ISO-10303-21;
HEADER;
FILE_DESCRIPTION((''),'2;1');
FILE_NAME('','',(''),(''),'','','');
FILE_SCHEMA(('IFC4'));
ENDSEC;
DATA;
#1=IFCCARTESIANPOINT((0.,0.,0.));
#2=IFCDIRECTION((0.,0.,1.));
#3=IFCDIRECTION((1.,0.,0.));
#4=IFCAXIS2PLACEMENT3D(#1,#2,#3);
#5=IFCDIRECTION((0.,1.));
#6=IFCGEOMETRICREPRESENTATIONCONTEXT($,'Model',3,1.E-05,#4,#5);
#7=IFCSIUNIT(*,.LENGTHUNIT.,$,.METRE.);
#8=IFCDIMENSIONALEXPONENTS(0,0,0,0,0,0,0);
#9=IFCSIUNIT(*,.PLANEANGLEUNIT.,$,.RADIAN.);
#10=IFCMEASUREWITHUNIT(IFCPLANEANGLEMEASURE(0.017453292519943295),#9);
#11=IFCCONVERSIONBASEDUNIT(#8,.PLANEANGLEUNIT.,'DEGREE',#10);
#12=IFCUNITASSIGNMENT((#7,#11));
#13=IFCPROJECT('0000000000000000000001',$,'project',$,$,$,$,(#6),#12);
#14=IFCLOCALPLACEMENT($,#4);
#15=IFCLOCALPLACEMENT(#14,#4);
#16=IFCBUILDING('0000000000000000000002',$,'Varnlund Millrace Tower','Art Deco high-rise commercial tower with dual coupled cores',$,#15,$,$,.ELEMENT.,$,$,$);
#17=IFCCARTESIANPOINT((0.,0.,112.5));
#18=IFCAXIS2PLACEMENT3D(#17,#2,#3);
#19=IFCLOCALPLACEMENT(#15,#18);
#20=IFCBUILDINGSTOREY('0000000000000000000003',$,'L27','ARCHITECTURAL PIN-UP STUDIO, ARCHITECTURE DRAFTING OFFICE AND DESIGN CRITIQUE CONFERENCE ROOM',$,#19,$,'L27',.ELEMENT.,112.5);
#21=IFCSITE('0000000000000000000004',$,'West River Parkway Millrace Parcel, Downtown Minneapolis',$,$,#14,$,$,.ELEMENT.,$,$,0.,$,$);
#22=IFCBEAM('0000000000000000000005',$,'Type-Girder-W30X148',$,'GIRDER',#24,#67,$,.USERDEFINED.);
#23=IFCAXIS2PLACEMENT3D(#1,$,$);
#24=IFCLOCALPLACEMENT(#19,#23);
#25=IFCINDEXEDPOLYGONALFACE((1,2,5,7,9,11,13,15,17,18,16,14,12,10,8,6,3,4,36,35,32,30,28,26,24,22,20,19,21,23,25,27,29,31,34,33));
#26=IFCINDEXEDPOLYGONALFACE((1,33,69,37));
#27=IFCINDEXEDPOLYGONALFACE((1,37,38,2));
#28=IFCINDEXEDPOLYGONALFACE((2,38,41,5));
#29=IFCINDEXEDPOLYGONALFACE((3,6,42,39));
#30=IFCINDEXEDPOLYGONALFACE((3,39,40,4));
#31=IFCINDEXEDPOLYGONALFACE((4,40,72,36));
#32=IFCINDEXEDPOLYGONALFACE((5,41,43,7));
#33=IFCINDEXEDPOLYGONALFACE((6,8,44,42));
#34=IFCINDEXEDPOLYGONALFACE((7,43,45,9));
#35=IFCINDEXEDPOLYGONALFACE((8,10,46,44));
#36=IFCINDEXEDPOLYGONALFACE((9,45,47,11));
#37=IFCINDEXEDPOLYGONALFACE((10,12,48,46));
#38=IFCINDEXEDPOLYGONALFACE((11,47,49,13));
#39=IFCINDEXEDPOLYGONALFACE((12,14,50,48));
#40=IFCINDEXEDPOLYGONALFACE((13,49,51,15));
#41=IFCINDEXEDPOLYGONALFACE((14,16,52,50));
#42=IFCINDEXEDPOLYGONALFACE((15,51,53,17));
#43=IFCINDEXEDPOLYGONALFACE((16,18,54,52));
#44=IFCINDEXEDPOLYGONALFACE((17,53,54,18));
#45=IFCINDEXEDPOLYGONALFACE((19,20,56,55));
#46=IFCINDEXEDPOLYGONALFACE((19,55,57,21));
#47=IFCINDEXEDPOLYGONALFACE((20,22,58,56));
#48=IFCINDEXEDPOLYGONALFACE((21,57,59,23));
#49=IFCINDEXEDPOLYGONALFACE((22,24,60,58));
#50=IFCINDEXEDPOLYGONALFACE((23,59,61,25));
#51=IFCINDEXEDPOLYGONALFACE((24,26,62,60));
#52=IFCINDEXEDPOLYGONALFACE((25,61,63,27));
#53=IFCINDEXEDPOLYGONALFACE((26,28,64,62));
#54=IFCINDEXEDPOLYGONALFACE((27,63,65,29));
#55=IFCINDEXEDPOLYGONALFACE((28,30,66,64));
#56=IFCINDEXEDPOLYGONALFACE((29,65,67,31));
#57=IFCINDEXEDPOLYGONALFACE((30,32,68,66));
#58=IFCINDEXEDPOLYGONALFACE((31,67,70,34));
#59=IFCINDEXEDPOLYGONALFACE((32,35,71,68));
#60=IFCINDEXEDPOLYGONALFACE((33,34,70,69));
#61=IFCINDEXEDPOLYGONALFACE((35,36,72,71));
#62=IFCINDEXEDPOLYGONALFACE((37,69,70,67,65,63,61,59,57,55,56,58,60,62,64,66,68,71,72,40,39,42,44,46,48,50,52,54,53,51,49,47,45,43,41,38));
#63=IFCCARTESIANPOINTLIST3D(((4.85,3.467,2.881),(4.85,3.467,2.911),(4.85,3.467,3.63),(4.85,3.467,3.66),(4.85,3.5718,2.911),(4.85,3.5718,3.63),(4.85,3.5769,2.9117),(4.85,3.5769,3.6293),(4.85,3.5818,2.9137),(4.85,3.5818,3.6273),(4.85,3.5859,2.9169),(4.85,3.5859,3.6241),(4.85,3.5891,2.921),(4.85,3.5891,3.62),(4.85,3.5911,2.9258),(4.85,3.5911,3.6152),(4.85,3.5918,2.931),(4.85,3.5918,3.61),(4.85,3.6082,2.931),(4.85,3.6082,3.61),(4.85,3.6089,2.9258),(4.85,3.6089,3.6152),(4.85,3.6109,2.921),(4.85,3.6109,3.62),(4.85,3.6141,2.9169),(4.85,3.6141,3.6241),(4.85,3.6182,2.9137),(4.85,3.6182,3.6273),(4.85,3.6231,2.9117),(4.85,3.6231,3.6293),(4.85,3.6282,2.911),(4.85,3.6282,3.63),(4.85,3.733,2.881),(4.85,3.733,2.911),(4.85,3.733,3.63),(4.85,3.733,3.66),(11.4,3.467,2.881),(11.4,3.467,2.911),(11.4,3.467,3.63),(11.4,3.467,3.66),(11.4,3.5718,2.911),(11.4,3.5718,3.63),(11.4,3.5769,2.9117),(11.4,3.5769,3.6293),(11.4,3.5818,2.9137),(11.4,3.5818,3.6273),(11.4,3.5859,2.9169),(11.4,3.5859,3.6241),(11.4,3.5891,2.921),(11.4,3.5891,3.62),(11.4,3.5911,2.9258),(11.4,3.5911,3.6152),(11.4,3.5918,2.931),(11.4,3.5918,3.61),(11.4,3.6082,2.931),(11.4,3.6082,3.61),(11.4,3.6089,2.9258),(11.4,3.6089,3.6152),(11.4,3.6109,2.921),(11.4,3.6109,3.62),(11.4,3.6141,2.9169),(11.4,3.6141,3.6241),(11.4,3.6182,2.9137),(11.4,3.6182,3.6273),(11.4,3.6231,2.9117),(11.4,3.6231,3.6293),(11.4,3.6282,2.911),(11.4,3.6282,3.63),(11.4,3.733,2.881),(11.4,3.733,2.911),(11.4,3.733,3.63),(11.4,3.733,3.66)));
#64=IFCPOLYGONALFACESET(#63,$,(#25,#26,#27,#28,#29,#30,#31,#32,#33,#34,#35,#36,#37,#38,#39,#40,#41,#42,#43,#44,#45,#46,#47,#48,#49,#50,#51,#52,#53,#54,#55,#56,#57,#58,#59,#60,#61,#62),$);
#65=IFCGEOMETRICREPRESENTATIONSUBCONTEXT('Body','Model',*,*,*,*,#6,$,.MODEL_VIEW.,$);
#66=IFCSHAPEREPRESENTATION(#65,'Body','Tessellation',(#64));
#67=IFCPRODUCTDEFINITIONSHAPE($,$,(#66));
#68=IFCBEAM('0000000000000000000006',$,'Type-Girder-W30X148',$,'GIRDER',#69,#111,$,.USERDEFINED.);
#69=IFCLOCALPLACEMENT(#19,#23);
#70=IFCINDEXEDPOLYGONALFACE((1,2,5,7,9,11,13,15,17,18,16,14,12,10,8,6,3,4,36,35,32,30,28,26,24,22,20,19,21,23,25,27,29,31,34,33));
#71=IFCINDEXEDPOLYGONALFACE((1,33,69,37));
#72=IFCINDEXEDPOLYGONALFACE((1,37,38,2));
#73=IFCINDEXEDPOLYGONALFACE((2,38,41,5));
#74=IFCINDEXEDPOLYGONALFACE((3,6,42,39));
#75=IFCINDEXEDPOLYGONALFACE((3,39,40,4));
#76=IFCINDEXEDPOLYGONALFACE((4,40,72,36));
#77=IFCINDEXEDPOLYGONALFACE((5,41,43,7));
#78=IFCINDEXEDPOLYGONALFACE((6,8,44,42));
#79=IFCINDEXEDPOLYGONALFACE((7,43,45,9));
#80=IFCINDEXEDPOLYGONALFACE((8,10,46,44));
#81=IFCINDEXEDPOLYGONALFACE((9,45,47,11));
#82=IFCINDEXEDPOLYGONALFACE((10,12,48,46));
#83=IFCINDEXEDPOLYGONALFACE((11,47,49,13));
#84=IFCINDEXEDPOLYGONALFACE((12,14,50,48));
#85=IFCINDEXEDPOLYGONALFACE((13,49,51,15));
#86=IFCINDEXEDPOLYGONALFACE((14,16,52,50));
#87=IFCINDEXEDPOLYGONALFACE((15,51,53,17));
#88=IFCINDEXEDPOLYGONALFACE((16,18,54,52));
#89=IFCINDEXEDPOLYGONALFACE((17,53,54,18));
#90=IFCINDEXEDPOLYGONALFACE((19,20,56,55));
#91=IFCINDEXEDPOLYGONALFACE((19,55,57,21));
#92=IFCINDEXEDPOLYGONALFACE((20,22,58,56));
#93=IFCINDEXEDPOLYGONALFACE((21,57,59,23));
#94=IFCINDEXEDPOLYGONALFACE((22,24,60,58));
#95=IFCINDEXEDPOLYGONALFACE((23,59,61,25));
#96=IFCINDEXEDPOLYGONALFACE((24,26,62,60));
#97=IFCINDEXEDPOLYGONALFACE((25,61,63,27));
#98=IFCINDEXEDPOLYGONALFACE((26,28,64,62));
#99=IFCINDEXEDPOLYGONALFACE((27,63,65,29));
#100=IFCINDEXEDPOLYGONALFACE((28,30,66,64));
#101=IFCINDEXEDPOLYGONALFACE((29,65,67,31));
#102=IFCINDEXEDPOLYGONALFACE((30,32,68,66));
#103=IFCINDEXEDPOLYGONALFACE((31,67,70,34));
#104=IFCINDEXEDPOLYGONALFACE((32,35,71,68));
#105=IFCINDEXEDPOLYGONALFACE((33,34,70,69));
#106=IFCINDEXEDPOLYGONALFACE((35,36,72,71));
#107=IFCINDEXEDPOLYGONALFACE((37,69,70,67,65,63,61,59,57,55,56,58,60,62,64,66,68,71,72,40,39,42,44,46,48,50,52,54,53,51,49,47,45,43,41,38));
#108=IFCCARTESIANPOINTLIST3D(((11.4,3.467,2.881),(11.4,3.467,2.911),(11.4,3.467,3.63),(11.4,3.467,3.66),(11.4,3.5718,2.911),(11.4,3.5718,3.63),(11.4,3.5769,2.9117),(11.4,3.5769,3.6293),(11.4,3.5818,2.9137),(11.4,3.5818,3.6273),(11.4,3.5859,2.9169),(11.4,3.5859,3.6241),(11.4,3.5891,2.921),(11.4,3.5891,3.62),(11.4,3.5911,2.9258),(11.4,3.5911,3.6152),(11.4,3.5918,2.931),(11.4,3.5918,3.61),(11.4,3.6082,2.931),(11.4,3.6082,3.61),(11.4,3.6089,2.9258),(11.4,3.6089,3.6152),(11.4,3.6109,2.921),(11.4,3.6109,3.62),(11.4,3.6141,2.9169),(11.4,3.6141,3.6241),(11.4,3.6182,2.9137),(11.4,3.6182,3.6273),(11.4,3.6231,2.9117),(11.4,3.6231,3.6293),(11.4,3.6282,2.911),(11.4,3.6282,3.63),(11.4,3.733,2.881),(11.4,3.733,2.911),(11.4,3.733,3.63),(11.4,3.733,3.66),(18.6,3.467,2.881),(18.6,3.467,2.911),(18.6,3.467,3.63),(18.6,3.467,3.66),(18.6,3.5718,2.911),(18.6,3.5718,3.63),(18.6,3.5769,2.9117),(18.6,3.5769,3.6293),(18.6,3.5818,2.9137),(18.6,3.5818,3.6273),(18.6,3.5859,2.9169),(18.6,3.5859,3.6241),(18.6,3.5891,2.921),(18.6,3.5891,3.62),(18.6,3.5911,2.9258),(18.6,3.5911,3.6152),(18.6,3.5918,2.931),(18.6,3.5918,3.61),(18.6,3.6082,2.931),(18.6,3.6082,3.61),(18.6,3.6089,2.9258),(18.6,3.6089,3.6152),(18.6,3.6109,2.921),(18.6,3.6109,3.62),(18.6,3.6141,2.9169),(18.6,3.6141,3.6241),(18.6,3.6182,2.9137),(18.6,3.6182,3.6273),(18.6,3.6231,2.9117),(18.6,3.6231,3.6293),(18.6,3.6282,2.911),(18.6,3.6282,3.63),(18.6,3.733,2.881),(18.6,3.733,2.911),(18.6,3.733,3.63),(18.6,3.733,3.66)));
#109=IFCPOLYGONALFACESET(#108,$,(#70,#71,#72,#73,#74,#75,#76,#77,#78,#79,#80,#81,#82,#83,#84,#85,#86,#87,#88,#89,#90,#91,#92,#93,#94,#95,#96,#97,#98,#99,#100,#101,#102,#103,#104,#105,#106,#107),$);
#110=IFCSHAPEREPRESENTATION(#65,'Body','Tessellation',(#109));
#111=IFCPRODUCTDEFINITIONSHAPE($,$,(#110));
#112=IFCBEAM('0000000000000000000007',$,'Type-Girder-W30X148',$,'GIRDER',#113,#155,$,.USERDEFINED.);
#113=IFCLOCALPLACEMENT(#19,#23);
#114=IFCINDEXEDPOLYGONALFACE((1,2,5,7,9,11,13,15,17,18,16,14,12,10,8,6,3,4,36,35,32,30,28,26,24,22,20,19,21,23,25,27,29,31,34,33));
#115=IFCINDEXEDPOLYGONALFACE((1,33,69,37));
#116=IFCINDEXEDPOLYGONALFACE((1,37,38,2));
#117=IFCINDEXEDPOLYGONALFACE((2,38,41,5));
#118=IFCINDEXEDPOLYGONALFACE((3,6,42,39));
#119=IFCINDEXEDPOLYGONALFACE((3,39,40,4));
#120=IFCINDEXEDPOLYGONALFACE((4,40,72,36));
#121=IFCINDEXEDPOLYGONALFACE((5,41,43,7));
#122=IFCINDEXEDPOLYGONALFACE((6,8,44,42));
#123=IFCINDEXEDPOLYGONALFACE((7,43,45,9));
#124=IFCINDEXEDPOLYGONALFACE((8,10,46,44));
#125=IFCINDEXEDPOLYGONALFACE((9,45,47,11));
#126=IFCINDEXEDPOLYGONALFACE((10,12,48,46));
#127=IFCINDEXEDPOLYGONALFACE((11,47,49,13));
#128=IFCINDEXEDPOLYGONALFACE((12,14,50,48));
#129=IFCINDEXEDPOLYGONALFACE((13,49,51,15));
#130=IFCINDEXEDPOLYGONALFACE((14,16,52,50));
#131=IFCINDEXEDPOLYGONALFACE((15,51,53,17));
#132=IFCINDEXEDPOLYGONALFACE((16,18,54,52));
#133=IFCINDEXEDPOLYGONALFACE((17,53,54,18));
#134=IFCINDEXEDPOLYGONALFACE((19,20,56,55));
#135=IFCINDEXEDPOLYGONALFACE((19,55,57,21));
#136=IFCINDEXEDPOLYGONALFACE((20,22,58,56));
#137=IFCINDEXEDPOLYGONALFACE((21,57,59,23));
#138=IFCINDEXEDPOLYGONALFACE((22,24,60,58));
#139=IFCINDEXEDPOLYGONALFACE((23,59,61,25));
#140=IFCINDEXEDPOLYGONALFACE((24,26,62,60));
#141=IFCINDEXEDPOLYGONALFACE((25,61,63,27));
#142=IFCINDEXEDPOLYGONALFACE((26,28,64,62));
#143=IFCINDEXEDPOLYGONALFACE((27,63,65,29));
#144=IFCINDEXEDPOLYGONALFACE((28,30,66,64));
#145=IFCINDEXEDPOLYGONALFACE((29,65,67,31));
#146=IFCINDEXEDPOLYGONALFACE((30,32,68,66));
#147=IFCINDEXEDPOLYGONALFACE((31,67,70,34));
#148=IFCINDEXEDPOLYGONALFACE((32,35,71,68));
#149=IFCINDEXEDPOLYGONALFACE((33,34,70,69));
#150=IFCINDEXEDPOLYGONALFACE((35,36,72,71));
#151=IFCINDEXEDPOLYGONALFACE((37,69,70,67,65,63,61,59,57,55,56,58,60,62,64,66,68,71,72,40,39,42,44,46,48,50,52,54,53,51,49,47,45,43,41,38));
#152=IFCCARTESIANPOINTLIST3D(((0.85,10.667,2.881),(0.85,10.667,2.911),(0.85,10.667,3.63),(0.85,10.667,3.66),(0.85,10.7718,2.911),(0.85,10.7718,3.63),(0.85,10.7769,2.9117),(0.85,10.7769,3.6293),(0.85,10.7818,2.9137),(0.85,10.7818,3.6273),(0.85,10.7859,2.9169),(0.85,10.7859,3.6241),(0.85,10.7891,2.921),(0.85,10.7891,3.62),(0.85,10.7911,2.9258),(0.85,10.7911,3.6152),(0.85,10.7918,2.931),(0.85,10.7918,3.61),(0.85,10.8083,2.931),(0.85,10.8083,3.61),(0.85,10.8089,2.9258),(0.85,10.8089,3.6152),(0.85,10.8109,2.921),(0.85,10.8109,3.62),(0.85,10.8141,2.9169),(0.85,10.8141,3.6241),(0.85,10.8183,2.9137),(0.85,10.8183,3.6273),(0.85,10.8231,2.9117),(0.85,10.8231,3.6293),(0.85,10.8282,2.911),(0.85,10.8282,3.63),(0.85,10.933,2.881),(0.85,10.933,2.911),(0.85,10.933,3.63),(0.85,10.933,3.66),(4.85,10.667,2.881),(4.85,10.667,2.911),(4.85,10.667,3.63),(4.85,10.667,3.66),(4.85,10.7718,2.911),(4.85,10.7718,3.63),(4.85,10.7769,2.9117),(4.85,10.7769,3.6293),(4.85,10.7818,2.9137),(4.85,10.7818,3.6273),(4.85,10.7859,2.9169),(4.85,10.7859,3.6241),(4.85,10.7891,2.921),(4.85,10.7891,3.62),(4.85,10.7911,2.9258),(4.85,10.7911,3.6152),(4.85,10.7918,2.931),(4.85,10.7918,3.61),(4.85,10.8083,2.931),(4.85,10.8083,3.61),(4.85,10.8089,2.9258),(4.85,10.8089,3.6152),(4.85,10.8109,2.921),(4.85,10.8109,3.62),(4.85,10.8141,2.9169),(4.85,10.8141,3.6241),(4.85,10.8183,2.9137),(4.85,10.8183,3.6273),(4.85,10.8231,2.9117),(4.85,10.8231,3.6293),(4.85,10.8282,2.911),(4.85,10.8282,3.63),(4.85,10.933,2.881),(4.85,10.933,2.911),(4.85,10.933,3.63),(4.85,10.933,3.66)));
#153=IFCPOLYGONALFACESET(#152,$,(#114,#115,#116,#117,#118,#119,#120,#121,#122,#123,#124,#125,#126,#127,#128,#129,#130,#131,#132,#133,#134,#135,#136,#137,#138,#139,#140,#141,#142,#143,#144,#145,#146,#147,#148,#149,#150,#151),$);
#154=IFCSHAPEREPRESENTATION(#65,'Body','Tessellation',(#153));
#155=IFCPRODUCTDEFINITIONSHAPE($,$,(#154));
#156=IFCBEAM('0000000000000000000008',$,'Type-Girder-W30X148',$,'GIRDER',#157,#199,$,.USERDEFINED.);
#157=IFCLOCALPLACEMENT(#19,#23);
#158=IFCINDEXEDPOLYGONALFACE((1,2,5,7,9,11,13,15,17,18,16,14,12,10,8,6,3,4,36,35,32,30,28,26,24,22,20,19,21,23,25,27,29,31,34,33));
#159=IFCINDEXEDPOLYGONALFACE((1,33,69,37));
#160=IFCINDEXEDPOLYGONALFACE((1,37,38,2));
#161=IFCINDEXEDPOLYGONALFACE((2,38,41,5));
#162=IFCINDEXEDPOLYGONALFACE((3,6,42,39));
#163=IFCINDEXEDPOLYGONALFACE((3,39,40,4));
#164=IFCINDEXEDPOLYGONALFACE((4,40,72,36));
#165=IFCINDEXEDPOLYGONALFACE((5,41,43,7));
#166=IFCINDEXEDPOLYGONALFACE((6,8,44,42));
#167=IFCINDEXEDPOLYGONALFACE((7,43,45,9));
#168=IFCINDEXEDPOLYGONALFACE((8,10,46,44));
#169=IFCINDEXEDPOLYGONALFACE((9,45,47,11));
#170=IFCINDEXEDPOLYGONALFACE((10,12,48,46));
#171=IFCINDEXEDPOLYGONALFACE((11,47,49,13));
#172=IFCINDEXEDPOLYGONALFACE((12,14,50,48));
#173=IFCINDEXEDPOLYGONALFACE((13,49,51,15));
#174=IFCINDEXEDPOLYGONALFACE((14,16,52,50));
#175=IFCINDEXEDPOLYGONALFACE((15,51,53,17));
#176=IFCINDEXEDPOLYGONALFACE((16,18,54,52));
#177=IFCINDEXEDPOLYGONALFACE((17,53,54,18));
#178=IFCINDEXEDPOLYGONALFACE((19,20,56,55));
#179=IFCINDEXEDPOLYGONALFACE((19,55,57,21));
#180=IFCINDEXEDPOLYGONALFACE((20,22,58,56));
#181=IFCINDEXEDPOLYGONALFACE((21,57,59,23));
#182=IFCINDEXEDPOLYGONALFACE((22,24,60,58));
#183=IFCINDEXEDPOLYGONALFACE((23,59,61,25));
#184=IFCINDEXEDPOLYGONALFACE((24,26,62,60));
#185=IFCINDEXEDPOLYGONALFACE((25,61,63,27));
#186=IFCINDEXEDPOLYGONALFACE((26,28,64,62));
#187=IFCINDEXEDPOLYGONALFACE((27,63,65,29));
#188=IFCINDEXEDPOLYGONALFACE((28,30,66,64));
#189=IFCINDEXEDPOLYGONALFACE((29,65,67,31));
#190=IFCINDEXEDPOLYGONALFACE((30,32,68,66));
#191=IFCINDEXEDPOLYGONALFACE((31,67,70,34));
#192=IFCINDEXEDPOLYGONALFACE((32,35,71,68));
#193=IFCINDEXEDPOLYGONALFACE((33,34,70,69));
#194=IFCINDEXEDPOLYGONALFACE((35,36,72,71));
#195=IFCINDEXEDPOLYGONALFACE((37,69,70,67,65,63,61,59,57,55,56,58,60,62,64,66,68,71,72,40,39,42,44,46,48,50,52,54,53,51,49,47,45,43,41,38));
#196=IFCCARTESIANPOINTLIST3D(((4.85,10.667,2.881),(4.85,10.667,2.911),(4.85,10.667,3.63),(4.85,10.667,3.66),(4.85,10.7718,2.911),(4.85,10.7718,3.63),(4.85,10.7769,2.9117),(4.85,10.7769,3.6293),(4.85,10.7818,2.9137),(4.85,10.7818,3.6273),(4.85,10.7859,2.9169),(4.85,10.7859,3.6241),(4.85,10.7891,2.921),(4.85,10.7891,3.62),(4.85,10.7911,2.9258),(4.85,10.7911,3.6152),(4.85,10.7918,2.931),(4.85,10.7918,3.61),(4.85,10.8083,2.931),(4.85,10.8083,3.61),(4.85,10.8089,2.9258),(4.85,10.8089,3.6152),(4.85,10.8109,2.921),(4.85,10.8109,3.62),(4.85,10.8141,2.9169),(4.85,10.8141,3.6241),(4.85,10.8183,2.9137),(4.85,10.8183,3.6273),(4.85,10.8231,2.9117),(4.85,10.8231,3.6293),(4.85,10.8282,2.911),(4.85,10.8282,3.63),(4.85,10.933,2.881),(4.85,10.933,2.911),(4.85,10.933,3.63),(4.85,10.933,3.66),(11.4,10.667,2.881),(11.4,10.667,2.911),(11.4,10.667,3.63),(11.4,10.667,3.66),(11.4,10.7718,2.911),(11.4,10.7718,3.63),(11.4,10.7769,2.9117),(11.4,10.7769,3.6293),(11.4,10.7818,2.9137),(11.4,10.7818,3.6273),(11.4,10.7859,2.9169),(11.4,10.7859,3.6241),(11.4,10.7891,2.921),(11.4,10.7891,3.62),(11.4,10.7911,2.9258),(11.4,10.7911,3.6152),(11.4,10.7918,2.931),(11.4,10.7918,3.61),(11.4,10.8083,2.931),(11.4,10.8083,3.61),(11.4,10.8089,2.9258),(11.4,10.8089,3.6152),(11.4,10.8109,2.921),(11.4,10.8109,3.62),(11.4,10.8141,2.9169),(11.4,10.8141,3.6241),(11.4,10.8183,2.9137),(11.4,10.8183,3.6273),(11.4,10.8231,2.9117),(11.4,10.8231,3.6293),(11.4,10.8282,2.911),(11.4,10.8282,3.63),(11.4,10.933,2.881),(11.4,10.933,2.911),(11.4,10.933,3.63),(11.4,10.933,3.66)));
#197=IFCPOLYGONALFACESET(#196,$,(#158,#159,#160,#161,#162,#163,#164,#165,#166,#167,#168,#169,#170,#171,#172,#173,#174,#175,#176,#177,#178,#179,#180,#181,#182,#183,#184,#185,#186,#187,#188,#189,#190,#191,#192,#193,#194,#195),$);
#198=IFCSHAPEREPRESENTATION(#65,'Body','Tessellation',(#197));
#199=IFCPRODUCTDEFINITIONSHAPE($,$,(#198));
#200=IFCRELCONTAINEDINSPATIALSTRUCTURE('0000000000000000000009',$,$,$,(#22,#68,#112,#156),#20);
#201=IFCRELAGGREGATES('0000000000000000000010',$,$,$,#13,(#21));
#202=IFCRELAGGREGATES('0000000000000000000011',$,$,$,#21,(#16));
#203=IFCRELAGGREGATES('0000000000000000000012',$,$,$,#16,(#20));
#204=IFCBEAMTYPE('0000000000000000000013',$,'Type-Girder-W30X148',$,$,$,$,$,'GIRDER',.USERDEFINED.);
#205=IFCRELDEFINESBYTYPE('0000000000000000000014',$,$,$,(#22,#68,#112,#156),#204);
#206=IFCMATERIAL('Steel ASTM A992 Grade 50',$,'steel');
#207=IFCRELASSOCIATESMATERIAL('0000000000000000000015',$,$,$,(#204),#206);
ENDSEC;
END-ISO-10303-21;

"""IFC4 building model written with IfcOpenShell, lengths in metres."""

from ifc_helpers import new_model, entity, si_unit, converted_unit, direction, frame, origin_with_axes, origin_2d_with_axis, place, context, subcontext, project, spatial, i_section, extrude, material, material_profile, profile_set, type_object, element, save


model = new_model("IFC4")

# Units and contexts
model_context = context("Model", 3, precision=1e-05, world=origin_with_axes(), true_north=direction((0.0, 1.0)))
body_context = subcontext(model_context, "Body", "Model", "MODEL_VIEW")
ifc_project = project(units=[si_unit("LENGTHUNIT", "METRE"), converted_unit("PLANEANGLEUNIT", "DEGREE", entity("IfcPlaneAngleMeasure", 0.017453292519943295), si_unit("PLANEANGLEUNIT", "RADIAN"), dimensions=[0, 0, 0, 0, 0, 0, 0])], contexts=[model_context])

# Site, building, storey
site_placement = place(None, origin_with_axes())
site = spatial("IfcSite", under=ifc_project, at=site_placement, Name="West River Parkway Millrace Parcel, Downtown Minneapolis", CompositionType="ELEMENT", RefElevation=0.0)
building_placement = place(site_placement, origin_with_axes())
building = spatial("IfcBuilding", under=site, at=building_placement, Name="Varnlund Millrace Tower", Description="Art Deco high-rise commercial tower with dual coupled cores", CompositionType="ELEMENT")
storey_placement = place(building_placement, frame((0.0, 0.0, 112.5), z_axis=(0.0, 0.0, 1.0), x_axis=(1.0, 0.0, 0.0)))
storey = spatial("IfcBuildingStorey", under=building, at=storey_placement, Name="L27", Description="ARCHITECTURAL PIN-UP STUDIO, ARCHITECTURE DRAFTING OFFICE AND DESIGN CRITIQUE CONFERENCE ROOM", LongName="L27", CompositionType="ELEMENT", Elevation=112.5)

# Beams
ifc_material_1 = material(Name="Steel ASTM A992 Grade 50", Category="steel")
ifc_material_profile_1 = material_profile(ifc_material_1, i_section(OverallWidth=0.266, OverallDepth=0.779, WebThickness=0.0165, FlangeThickness=0.03, FilletRadius=0.02, at=origin_2d_with_axis()), Name="Steel ASTM A992 Grade 50")
ifc_profile_set_1 = profile_set([ifc_material_profile_1], Name="Steel ASTM A992 Grade 50")
beam_type_1 = type_object("IfcBeamType", Name="Type-Girder-W30X148", ElementType="GIRDER", PredefinedType="USERDEFINED", material=ifc_profile_set_1)
beam_1_placement = place(storey_placement, frame((4.85, 3.6, 3.2705), z_axis=(1.0, 0.0, 0.0), x_axis=(0.0, 1.0, 0.0)))
element("IfcBeam", 1, at=beam_1_placement, inside=storey, type_object=beam_type_1, Name="Type-Girder-W30X148", ObjectType="GIRDER", PredefinedType="USERDEFINED", context=body_context, shape_type="SweptSolid", body=[
    extrude(i_section(OverallWidth=0.266, OverallDepth=0.779, WebThickness=0.0165, FlangeThickness=0.03, FilletRadius=0.02, at=origin_2d_with_axis()), origin_with_axes(), (0.0, 0.0, 1.0), 6.55),
])
beam_2_placement = place(storey_placement, frame((11.4, 3.6, 3.2705), z_axis=(1.0, 0.0, 0.0), x_axis=(0.0, 1.0, 0.0)))
element("IfcBeam", 2, at=beam_2_placement, inside=storey, type_object=beam_type_1, Name="Type-Girder-W30X148", ObjectType="GIRDER", PredefinedType="USERDEFINED", context=body_context, shape_type="SweptSolid", body=[
    extrude(i_section(OverallWidth=0.266, OverallDepth=0.779, WebThickness=0.0165, FlangeThickness=0.03, FilletRadius=0.02, at=origin_2d_with_axis()), origin_with_axes(), (0.0, 0.0, 1.0), 7.2),
])
beam_3_placement = place(storey_placement, frame((0.85, 10.8, 3.2705), z_axis=(1.0, 0.0, 0.0), x_axis=(0.0, 1.0, 0.0)))
element("IfcBeam", 3, at=beam_3_placement, inside=storey, type_object=beam_type_1, Name="Type-Girder-W30X148", ObjectType="GIRDER", PredefinedType="USERDEFINED", context=body_context, shape_type="SweptSolid", body=[
    extrude(i_section(OverallWidth=0.266, OverallDepth=0.779, WebThickness=0.0165, FlangeThickness=0.03, FilletRadius=0.02, at=origin_2d_with_axis()), origin_with_axes(), (0.0, 0.0, 1.0), 4.0),
])
beam_4_placement = place(storey_placement, frame((4.85, 10.8, 3.2705), z_axis=(1.0, 0.0, 0.0), x_axis=(0.0, 1.0, 0.0)))
element("IfcBeam", 4, at=beam_4_placement, inside=storey, type_object=beam_type_1, Name="Type-Girder-W30X148", ObjectType="GIRDER", PredefinedType="USERDEFINED", context=body_context, shape_type="SweptSolid", body=[
    extrude(i_section(OverallWidth=0.266, OverallDepth=0.779, WebThickness=0.0165, FlangeThickness=0.03, FilletRadius=0.02, at=origin_2d_with_axis()), origin_with_axes(), (0.0, 0.0, 1.0), 6.55),
])

save(model, "model.ifc")
